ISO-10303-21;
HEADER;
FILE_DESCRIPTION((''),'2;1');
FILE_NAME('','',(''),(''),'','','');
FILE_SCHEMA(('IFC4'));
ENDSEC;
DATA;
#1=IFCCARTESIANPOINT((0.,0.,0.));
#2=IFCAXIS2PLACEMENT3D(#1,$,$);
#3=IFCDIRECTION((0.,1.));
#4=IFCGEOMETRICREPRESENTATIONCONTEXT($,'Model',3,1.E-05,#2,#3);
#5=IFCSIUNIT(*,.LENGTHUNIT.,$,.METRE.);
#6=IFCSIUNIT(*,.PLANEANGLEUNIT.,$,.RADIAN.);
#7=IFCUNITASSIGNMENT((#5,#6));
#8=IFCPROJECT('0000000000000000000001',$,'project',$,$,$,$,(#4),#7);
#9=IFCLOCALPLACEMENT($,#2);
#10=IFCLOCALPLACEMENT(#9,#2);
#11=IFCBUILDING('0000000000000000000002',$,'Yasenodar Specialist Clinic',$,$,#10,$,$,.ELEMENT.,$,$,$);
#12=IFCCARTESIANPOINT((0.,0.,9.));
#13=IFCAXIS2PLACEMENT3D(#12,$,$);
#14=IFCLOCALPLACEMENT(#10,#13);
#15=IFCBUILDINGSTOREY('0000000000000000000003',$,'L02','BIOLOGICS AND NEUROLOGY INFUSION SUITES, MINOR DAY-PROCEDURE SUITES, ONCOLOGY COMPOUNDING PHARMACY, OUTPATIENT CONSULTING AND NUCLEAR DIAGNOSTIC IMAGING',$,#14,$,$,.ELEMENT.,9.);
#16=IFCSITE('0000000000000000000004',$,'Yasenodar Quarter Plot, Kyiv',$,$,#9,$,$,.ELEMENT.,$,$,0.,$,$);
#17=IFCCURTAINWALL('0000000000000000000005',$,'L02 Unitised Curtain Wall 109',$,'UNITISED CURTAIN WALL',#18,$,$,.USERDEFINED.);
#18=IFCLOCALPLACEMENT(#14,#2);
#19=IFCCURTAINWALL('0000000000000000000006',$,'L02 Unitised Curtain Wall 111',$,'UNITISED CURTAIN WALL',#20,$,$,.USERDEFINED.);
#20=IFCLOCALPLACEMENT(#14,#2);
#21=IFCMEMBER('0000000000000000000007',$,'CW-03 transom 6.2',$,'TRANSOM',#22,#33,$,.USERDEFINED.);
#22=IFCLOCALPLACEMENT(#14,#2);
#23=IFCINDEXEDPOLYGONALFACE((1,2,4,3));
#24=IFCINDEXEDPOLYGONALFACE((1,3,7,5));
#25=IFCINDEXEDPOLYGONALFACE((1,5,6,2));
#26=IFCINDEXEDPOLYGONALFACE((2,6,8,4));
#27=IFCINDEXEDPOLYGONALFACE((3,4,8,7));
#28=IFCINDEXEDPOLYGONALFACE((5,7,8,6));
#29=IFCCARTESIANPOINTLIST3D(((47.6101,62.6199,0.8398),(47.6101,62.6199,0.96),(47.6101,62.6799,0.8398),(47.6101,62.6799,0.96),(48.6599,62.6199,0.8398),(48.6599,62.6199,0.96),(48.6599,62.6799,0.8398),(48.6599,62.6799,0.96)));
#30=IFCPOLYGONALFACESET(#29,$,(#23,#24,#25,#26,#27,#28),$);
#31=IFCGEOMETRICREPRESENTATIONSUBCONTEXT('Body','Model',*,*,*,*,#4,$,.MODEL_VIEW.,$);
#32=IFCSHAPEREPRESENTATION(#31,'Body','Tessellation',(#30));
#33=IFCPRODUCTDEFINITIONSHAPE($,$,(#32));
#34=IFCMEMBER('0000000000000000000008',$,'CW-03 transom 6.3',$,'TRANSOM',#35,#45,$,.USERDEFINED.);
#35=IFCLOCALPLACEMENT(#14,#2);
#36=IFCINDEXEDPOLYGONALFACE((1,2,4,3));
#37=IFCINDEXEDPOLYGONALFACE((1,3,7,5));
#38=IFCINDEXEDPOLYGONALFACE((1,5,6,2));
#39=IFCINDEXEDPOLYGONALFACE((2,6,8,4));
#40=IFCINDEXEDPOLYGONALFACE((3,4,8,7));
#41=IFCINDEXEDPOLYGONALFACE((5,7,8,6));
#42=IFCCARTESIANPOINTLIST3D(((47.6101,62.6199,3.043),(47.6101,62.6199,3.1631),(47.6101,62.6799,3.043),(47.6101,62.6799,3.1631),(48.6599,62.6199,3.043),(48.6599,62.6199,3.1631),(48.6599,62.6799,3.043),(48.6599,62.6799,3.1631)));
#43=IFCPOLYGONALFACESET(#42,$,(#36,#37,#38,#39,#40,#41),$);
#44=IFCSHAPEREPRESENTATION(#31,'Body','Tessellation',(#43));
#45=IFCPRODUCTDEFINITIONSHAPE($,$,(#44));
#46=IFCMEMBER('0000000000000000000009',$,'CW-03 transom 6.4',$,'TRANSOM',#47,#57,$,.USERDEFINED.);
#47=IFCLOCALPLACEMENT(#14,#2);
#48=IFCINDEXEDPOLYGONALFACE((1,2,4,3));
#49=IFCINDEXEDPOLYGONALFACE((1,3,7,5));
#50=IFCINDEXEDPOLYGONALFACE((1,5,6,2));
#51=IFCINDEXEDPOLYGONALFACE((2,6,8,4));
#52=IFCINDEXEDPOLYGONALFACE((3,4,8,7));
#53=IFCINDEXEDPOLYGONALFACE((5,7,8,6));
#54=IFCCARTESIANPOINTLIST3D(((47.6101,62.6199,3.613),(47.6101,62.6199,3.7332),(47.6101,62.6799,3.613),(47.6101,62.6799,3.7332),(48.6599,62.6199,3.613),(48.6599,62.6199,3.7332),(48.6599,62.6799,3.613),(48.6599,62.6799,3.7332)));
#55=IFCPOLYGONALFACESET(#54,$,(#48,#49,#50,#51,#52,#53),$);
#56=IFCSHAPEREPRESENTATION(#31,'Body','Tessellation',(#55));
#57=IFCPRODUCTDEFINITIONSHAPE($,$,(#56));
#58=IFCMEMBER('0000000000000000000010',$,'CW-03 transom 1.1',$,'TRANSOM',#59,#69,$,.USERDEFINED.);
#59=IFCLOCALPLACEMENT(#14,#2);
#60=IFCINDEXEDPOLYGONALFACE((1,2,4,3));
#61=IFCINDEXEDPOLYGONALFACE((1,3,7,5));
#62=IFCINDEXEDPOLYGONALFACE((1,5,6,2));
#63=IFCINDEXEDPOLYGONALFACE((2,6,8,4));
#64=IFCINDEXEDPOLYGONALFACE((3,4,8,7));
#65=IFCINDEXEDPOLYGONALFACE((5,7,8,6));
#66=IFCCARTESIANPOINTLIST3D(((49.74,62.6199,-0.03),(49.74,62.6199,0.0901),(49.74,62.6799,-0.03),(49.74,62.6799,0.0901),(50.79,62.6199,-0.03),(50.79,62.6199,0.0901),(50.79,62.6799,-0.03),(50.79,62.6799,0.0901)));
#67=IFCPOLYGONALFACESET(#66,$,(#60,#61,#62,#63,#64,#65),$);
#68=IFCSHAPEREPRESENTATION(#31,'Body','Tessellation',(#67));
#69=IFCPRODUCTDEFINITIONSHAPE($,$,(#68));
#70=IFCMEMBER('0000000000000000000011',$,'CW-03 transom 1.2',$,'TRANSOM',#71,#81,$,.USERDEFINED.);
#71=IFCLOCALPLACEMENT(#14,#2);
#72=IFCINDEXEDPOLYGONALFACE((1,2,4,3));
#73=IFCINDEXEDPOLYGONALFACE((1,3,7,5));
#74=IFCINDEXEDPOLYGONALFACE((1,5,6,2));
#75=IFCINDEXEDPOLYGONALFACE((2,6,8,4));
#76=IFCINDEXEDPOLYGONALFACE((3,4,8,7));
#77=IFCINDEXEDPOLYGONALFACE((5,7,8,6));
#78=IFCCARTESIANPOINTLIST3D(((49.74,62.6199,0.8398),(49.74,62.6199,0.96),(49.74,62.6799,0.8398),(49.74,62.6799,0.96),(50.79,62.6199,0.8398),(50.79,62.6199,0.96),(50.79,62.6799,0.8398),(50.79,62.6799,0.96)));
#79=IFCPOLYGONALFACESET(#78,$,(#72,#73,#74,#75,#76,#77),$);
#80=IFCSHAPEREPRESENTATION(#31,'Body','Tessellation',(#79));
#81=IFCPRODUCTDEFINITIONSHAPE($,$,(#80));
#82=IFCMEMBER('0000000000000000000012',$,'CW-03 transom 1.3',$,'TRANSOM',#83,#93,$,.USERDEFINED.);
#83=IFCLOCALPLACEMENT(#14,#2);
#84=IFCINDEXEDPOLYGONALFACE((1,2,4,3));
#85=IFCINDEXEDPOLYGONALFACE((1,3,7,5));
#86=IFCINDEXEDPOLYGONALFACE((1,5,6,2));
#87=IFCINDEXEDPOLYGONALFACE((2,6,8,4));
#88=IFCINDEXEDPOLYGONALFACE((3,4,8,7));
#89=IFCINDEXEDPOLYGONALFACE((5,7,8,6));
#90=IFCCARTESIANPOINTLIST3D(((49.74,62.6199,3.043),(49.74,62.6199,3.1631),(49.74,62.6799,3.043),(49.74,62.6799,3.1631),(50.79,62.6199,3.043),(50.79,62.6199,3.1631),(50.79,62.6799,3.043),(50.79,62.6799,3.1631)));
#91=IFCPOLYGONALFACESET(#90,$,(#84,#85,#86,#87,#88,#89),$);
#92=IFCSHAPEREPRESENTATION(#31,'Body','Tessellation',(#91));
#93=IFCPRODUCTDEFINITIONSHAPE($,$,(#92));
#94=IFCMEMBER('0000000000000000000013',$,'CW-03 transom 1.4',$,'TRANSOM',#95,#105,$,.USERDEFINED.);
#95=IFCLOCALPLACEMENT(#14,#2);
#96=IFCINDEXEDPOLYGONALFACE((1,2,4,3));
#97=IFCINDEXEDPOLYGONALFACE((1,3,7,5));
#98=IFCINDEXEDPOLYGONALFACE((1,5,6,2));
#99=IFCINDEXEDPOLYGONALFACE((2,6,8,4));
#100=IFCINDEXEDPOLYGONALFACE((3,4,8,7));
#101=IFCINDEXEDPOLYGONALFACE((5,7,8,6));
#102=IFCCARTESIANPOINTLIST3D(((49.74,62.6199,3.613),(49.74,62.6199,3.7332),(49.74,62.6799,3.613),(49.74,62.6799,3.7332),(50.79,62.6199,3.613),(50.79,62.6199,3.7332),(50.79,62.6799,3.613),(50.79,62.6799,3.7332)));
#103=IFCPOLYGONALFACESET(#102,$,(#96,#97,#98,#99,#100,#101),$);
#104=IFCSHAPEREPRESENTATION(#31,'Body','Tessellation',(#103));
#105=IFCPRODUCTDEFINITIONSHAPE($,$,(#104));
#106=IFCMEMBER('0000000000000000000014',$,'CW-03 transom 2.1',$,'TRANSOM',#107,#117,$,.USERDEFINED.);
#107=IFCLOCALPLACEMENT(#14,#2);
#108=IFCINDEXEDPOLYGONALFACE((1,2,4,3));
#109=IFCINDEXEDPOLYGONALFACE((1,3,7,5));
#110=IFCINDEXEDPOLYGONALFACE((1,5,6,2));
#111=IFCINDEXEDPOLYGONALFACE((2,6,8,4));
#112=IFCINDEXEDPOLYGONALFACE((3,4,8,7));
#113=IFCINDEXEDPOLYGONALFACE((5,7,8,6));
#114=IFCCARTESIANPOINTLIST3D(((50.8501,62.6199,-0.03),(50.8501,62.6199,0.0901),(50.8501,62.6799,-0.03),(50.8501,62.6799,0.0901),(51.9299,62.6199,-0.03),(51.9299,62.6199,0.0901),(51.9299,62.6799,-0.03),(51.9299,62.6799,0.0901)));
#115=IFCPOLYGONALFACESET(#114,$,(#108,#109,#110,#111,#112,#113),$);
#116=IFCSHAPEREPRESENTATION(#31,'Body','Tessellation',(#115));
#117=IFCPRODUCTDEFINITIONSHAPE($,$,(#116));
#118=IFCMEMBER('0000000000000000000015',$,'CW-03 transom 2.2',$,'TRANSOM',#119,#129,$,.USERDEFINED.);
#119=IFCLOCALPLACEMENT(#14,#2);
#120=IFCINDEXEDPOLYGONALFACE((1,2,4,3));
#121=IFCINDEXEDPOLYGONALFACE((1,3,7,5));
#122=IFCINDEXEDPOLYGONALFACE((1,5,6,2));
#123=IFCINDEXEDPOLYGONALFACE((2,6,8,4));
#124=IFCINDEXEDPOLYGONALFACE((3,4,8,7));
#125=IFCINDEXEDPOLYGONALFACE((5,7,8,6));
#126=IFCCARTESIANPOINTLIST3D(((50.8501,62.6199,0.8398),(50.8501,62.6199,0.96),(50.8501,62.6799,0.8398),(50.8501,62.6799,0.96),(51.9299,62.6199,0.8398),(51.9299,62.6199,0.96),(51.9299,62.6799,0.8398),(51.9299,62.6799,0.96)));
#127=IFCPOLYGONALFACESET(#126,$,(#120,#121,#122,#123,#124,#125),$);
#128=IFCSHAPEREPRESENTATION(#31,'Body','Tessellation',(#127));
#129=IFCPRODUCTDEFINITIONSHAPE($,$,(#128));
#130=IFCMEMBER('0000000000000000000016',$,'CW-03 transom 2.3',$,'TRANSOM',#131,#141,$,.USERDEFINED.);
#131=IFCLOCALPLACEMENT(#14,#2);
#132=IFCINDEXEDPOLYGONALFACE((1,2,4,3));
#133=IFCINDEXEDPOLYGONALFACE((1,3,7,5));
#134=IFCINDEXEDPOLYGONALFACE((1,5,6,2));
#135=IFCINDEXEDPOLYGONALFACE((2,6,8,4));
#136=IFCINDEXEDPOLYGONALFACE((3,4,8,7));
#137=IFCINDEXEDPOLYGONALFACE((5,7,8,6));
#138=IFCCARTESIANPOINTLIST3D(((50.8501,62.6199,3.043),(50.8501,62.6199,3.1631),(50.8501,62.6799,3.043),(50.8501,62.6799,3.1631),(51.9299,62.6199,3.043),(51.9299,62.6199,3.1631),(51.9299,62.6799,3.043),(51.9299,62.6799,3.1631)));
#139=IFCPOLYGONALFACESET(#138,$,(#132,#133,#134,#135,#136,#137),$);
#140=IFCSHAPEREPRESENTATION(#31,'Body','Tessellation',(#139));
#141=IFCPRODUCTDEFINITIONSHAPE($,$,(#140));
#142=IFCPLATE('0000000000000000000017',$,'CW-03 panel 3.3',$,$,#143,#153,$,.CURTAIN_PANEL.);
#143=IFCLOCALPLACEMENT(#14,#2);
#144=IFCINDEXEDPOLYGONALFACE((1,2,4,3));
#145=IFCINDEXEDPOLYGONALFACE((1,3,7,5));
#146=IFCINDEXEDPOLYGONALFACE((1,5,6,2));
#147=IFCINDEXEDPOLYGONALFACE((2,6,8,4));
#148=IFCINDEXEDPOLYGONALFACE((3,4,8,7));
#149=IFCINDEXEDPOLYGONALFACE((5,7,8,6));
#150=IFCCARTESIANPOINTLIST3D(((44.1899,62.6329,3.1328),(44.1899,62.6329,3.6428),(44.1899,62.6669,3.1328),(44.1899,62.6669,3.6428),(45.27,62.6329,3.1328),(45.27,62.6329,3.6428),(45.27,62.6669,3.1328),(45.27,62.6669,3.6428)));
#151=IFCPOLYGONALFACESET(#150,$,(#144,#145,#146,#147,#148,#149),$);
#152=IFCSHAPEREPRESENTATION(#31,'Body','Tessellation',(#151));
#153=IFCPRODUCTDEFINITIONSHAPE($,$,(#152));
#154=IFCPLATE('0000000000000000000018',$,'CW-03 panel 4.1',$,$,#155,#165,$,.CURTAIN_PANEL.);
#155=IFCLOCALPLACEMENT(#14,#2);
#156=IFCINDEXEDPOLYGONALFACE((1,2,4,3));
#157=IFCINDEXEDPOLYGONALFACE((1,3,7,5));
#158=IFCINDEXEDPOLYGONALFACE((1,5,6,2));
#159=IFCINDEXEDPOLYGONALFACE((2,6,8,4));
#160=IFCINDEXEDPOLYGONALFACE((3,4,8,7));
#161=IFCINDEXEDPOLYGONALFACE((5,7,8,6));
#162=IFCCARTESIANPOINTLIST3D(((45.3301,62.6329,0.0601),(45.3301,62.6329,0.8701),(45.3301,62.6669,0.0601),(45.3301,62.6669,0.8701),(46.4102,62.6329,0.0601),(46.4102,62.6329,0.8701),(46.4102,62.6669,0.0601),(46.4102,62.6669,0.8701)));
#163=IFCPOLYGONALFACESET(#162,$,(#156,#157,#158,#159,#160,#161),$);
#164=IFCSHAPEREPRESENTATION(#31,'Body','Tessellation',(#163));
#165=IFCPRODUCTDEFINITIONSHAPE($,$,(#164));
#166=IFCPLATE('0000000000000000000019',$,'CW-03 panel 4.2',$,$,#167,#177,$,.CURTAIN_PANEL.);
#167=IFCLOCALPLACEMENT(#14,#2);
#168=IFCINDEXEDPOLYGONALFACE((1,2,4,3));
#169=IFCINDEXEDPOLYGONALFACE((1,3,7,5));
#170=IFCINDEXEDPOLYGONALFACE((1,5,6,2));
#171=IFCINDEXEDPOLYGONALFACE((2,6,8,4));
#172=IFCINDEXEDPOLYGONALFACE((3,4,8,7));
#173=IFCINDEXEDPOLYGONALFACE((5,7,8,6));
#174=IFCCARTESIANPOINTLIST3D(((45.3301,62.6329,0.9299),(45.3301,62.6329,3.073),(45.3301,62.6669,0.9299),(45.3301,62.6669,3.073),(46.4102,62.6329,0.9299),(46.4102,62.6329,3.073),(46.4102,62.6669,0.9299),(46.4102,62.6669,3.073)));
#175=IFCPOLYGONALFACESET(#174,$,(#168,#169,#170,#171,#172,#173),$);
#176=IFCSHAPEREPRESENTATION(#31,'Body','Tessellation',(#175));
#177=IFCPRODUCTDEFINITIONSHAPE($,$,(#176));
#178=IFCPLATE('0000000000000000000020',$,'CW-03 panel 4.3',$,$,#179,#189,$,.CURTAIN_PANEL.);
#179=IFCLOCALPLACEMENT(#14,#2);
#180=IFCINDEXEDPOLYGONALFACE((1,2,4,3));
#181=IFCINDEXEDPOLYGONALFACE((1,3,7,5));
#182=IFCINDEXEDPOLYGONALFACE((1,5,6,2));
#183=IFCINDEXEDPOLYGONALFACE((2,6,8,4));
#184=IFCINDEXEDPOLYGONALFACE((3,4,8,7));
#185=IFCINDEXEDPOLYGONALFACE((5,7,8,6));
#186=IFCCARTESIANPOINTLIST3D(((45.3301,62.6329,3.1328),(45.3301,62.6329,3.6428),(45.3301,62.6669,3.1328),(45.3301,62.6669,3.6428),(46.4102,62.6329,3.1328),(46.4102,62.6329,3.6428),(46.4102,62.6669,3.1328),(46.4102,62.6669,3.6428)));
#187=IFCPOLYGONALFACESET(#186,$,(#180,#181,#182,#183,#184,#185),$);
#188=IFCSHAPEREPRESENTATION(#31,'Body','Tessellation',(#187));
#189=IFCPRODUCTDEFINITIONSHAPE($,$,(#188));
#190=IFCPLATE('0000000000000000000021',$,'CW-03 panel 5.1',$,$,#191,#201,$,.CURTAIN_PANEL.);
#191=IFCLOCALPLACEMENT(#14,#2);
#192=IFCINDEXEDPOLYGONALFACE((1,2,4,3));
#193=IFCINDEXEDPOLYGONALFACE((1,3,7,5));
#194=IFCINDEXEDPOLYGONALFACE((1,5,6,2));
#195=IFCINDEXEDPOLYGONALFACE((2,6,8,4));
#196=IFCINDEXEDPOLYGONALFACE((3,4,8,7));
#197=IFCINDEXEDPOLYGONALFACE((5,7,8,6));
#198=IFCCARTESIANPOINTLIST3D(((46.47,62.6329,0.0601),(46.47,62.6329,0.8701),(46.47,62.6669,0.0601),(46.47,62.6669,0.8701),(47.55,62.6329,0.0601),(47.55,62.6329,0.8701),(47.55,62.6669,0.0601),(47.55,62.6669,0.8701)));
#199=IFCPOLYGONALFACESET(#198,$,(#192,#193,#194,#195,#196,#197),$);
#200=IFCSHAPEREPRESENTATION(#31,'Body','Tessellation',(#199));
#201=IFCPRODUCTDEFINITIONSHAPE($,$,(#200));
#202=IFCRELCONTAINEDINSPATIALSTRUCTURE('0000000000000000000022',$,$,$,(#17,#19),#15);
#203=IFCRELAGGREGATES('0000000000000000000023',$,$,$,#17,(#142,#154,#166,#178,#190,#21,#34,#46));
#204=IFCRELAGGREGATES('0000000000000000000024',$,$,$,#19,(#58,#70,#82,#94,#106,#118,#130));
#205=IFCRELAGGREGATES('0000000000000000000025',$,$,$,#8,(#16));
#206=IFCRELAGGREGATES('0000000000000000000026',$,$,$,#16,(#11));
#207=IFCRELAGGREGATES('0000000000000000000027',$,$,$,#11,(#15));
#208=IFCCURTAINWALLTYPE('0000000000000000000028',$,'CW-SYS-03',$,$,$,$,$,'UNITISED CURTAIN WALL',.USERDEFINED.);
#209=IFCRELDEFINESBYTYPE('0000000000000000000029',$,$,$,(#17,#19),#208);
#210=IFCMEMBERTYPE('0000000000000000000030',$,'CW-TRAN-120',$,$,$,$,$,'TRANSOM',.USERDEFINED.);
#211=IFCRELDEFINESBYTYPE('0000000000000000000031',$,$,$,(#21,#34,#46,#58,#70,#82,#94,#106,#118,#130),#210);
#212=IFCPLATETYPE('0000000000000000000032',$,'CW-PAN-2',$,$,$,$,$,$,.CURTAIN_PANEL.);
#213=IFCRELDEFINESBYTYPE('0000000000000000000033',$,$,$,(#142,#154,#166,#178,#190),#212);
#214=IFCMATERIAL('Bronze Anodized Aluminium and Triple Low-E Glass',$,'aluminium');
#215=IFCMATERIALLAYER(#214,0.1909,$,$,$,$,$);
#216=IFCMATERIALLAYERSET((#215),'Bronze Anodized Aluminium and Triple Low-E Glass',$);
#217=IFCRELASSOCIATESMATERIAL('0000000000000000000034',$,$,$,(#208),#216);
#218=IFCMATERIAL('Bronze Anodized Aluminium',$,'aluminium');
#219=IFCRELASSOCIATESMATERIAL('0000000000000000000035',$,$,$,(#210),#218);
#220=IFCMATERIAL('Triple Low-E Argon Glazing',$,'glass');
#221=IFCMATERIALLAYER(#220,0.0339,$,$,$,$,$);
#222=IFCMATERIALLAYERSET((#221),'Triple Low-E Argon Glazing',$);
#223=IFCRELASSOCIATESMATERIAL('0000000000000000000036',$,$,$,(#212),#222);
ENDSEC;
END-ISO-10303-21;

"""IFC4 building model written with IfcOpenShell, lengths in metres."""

from ifc_helpers import new_model, si_unit, direction, frame, origin, origin_2d, place, context, subcontext, project, spatial, rectangle, extrude, material, layer, layer_set, material_profile, profile_set, type_object, element, aggregate, save


model = new_model("IFC4")

# Units and contexts
model_context = context("Model", 3, precision=1e-05, world=origin(), true_north=direction((0.0, 1.0)))
body_context = subcontext(model_context, "Body", "Model", "MODEL_VIEW")
ifc_project = project(units=[si_unit("LENGTHUNIT", "METRE"), si_unit("PLANEANGLEUNIT", "RADIAN")], contexts=[model_context])

# Site, building, storey
site_placement = place(None, origin())
site = spatial("IfcSite", under=ifc_project, at=site_placement, Name="Yasenodar Quarter Plot, Kyiv", CompositionType="ELEMENT", RefElevation=0.0)
building_placement = place(site_placement, origin())
building = spatial("IfcBuilding", under=site, at=building_placement, Name="Yasenodar Specialist Clinic", CompositionType="ELEMENT")
storey_placement = place(building_placement, frame((0.0, 0.0, 9.0)))
storey = spatial("IfcBuildingStorey", under=building, at=storey_placement, Name="L02", Description="BIOLOGICS AND NEUROLOGY INFUSION SUITES, MINOR DAY-PROCEDURE SUITES, ONCOLOGY COMPOUNDING PHARMACY, OUTPATIENT CONSULTING AND NUCLEAR DIAGNOSTIC IMAGING", CompositionType="ELEMENT", Elevation=9.0)

# Curtain walls
ifc_material_1 = material(Name="Bronze Anodized Aluminium and Triple Low-E Glass", Category="aluminium")
ifc_layer_1 = layer(ifc_material_1, 0.1909)
ifc_layer_set_1 = layer_set([ifc_layer_1], Name="Bronze Anodized Aluminium and Triple Low-E Glass")
curtain_wall_type = type_object("IfcCurtainWallType", Name="CW-SYS-03", ElementType="UNITISED CURTAIN WALL", PredefinedType="USERDEFINED", material=ifc_layer_set_1)
curtain_wall_1_placement = place(storey_placement, origin())
curtain_wall_1 = element("IfcCurtainWall", 1, at=curtain_wall_1_placement, inside=storey, type_object=curtain_wall_type, Name="L02 Unitised Curtain Wall 109", ObjectType="UNITISED CURTAIN WALL", PredefinedType="USERDEFINED")
ifc_material_2 = material(Name="Bronze Anodized Aluminium", Category="aluminium")
curtain_wall_2_placement = place(storey_placement, origin())
curtain_wall_2 = element("IfcCurtainWall", 2, at=curtain_wall_2_placement, inside=storey, type_object=curtain_wall_type, Name="L02 Unitised Curtain Wall 111", ObjectType="UNITISED CURTAIN WALL", PredefinedType="USERDEFINED")

# Members
ifc_material_profile_1 = material_profile(ifc_material_2, rectangle(XDim=0.0601, YDim=0.1201, at=origin_2d()), Name="CW-TRAN 60x120")
ifc_profile_set_1 = profile_set([ifc_material_profile_1], Name="Bronze Anodized Aluminium")
member_type_1 = type_object("IfcMemberType", Name="CW-TRAN-120", ElementType="TRANSOM", PredefinedType="USERDEFINED", material=ifc_profile_set_1)
member_1_placement = place(storey_placement, frame((47.6101, 62.6499, 0.8999), z_axis=(1.0, 0.0, 0.0), x_axis=(0.0, 1.0, 0.0)))
member_1 = element("IfcMember", 3, at=member_1_placement, type_object=member_type_1, Name="CW-03 transom 6.2", ObjectType="TRANSOM", PredefinedType="USERDEFINED", context=body_context, shape_type="SweptSolid", body=[
    extrude(rectangle(XDim=0.0601, YDim=0.1201, at=origin_2d()), origin(), (0.0, 0.0, 1.0), 1.0498),
])
member_2_placement = place(storey_placement, frame((47.6101, 62.6499, 3.103), z_axis=(1.0, 0.0, 0.0), x_axis=(0.0, 1.0, 0.0)))
member_2 = element("IfcMember", 4, at=member_2_placement, type_object=member_type_1, Name="CW-03 transom 6.3", ObjectType="TRANSOM", PredefinedType="USERDEFINED", context=body_context, shape_type="SweptSolid", body=[
    extrude(rectangle(XDim=0.0601, YDim=0.1201, at=origin_2d()), origin(), (0.0, 0.0, 1.0), 1.0498),
])
member_3_placement = place(storey_placement, frame((47.6101, 62.6499, 3.6731), z_axis=(1.0, 0.0, 0.0), x_axis=(0.0, 1.0, 0.0)))
member_3 = element("IfcMember", 5, at=member_3_placement, type_object=member_type_1, Name="CW-03 transom 6.4", ObjectType="TRANSOM", PredefinedType="USERDEFINED", context=body_context, shape_type="SweptSolid", body=[
    extrude(rectangle(XDim=0.0601, YDim=0.1201, at=origin_2d()), origin(), (0.0, 0.0, 1.0), 1.0498),
])
member_4_placement = place(storey_placement, frame((49.74, 62.6499, 0.03), z_axis=(1.0, 0.0, 0.0), x_axis=(0.0, 1.0, 0.0)))
member_4 = element("IfcMember", 6, at=member_4_placement, type_object=member_type_1, Name="CW-03 transom 1.1", ObjectType="TRANSOM", PredefinedType="USERDEFINED", context=body_context, shape_type="SweptSolid", body=[
    extrude(rectangle(XDim=0.0601, YDim=0.1201, at=origin_2d()), origin(), (0.0, 0.0, 1.0), 1.05),
])
member_5_placement = place(storey_placement, frame((49.74, 62.6499, 0.8999), z_axis=(1.0, 0.0, 0.0), x_axis=(0.0, 1.0, 0.0)))
member_5 = element("IfcMember", 7, at=member_5_placement, type_object=member_type_1, Name="CW-03 transom 1.2", ObjectType="TRANSOM", PredefinedType="USERDEFINED", context=body_context, shape_type="SweptSolid", body=[
    extrude(rectangle(XDim=0.0601, YDim=0.1201, at=origin_2d()), origin(), (0.0, 0.0, 1.0), 1.05),
])
member_6_placement = place(storey_placement, frame((49.74, 62.6499, 3.103), z_axis=(1.0, 0.0, 0.0), x_axis=(0.0, 1.0, 0.0)))
member_6 = element("IfcMember", 8, at=member_6_placement, type_object=member_type_1, Name="CW-03 transom 1.3", ObjectType="TRANSOM", PredefinedType="USERDEFINED", context=body_context, shape_type="SweptSolid", body=[
    extrude(rectangle(XDim=0.0601, YDim=0.1201, at=origin_2d()), origin(), (0.0, 0.0, 1.0), 1.05),
])
member_7_placement = place(storey_placement, frame((49.74, 62.6499, 3.6731), z_axis=(1.0, 0.0, 0.0), x_axis=(0.0, 1.0, 0.0)))
member_7 = element("IfcMember", 9, at=member_7_placement, type_object=member_type_1, Name="CW-03 transom 1.4", ObjectType="TRANSOM", PredefinedType="USERDEFINED", context=body_context, shape_type="SweptSolid", body=[
    extrude(rectangle(XDim=0.0601, YDim=0.1201, at=origin_2d()), origin(), (0.0, 0.0, 1.0), 1.05),
])
member_8_placement = place(storey_placement, frame((50.8501, 62.6499, 0.03), z_axis=(1.0, 0.0, 0.0), x_axis=(0.0, 1.0, 0.0)))
member_8 = element("IfcMember", 10, at=member_8_placement, type_object=member_type_1, Name="CW-03 transom 2.1", ObjectType="TRANSOM", PredefinedType="USERDEFINED", context=body_context, shape_type="SweptSolid", body=[
    extrude(rectangle(XDim=0.0601, YDim=0.1201, at=origin_2d()), origin(), (0.0, 0.0, 1.0), 1.0798),
])
member_9_placement = place(storey_placement, frame((50.8501, 62.6499, 0.8999), z_axis=(1.0, 0.0, 0.0), x_axis=(0.0, 1.0, 0.0)))
member_9 = element("IfcMember", 11, at=member_9_placement, type_object=member_type_1, Name="CW-03 transom 2.2", ObjectType="TRANSOM", PredefinedType="USERDEFINED", context=body_context, shape_type="SweptSolid", body=[
    extrude(rectangle(XDim=0.0601, YDim=0.1201, at=origin_2d()), origin(), (0.0, 0.0, 1.0), 1.0798),
])
member_10_placement = place(storey_placement, frame((50.8501, 62.6499, 3.103), z_axis=(1.0, 0.0, 0.0), x_axis=(0.0, 1.0, 0.0)))
member_10 = element("IfcMember", 12, at=member_10_placement, type_object=member_type_1, Name="CW-03 transom 2.3", ObjectType="TRANSOM", PredefinedType="USERDEFINED", context=body_context, shape_type="SweptSolid", body=[
    extrude(rectangle(XDim=0.0601, YDim=0.1201, at=origin_2d()), origin(), (0.0, 0.0, 1.0), 1.0798),
])

# Plates
ifc_material_3 = material(Name="Triple Low-E Argon Glazing", Category="glass")
ifc_layer_2 = layer(ifc_material_3, 0.0339)
ifc_layer_set_2 = layer_set([ifc_layer_2], Name="Triple Low-E Argon Glazing")
plate_type_1 = type_object("IfcPlateType", Name="CW-PAN-2", PredefinedType="CURTAIN_PANEL", material=ifc_layer_set_2)
plate_1_placement = place(storey_placement, frame((44.73, 62.6499, 3.1328), z_axis=(0.0, 0.0, 1.0), x_axis=(1.0, 0.0, 0.0)))
plate_1 = element("IfcPlate", 13, at=plate_1_placement, type_object=plate_type_1, Name="CW-03 panel 3.3", PredefinedType="CURTAIN_PANEL", context=body_context, shape_type="SweptSolid", body=[
    extrude(rectangle(XDim=1.0801, YDim=0.0339, at=origin_2d()), origin(), (0.0, 0.0, 1.0), 0.51),
])
plate_2_placement = place(storey_placement, frame((45.8701, 62.6499, 0.0601), z_axis=(0.0, 0.0, 1.0), x_axis=(1.0, 0.0, 0.0)))
plate_2 = element("IfcPlate", 14, at=plate_2_placement, type_object=plate_type_1, Name="CW-03 panel 4.1", PredefinedType="CURTAIN_PANEL", context=body_context, shape_type="SweptSolid", body=[
    extrude(rectangle(XDim=1.0801, YDim=0.0339, at=origin_2d()), origin(), (0.0, 0.0, 1.0), 0.8101),
])
plate_3_placement = place(storey_placement, frame((45.8701, 62.6499, 0.9299), z_axis=(0.0, 0.0, 1.0), x_axis=(1.0, 0.0, 0.0)))
plate_3 = element("IfcPlate", 15, at=plate_3_placement, type_object=plate_type_1, Name="CW-03 panel 4.2", PredefinedType="CURTAIN_PANEL", context=body_context, shape_type="SweptSolid", body=[
    extrude(rectangle(XDim=1.0801, YDim=0.0339, at=origin_2d()), origin(), (0.0, 0.0, 1.0), 2.1431),
])
plate_4_placement = place(storey_placement, frame((45.8701, 62.6499, 3.1328), z_axis=(0.0, 0.0, 1.0), x_axis=(1.0, 0.0, 0.0)))
plate_4 = element("IfcPlate", 16, at=plate_4_placement, type_object=plate_type_1, Name="CW-03 panel 4.3", PredefinedType="CURTAIN_PANEL", context=body_context, shape_type="SweptSolid", body=[
    extrude(rectangle(XDim=1.0801, YDim=0.0339, at=origin_2d()), origin(), (0.0, 0.0, 1.0), 0.51),
])
plate_5_placement = place(storey_placement, frame((47.01, 62.6499, 0.0601), z_axis=(0.0, 0.0, 1.0), x_axis=(1.0, 0.0, 0.0)))
plate_5 = element("IfcPlate", 17, at=plate_5_placement, type_object=plate_type_1, Name="CW-03 panel 5.1", PredefinedType="CURTAIN_PANEL", context=body_context, shape_type="SweptSolid", body=[
    extrude(rectangle(XDim=1.0801, YDim=0.0339, at=origin_2d()), origin(), (0.0, 0.0, 1.0), 0.8101),
])
aggregate(curtain_wall_1, [plate_1, plate_2, plate_3, plate_4, plate_5, member_1, member_2, member_3])
aggregate(curtain_wall_2, [member_4, member_5, member_6, member_7, member_8, member_9, member_10])

save(model, "model.ifc")
